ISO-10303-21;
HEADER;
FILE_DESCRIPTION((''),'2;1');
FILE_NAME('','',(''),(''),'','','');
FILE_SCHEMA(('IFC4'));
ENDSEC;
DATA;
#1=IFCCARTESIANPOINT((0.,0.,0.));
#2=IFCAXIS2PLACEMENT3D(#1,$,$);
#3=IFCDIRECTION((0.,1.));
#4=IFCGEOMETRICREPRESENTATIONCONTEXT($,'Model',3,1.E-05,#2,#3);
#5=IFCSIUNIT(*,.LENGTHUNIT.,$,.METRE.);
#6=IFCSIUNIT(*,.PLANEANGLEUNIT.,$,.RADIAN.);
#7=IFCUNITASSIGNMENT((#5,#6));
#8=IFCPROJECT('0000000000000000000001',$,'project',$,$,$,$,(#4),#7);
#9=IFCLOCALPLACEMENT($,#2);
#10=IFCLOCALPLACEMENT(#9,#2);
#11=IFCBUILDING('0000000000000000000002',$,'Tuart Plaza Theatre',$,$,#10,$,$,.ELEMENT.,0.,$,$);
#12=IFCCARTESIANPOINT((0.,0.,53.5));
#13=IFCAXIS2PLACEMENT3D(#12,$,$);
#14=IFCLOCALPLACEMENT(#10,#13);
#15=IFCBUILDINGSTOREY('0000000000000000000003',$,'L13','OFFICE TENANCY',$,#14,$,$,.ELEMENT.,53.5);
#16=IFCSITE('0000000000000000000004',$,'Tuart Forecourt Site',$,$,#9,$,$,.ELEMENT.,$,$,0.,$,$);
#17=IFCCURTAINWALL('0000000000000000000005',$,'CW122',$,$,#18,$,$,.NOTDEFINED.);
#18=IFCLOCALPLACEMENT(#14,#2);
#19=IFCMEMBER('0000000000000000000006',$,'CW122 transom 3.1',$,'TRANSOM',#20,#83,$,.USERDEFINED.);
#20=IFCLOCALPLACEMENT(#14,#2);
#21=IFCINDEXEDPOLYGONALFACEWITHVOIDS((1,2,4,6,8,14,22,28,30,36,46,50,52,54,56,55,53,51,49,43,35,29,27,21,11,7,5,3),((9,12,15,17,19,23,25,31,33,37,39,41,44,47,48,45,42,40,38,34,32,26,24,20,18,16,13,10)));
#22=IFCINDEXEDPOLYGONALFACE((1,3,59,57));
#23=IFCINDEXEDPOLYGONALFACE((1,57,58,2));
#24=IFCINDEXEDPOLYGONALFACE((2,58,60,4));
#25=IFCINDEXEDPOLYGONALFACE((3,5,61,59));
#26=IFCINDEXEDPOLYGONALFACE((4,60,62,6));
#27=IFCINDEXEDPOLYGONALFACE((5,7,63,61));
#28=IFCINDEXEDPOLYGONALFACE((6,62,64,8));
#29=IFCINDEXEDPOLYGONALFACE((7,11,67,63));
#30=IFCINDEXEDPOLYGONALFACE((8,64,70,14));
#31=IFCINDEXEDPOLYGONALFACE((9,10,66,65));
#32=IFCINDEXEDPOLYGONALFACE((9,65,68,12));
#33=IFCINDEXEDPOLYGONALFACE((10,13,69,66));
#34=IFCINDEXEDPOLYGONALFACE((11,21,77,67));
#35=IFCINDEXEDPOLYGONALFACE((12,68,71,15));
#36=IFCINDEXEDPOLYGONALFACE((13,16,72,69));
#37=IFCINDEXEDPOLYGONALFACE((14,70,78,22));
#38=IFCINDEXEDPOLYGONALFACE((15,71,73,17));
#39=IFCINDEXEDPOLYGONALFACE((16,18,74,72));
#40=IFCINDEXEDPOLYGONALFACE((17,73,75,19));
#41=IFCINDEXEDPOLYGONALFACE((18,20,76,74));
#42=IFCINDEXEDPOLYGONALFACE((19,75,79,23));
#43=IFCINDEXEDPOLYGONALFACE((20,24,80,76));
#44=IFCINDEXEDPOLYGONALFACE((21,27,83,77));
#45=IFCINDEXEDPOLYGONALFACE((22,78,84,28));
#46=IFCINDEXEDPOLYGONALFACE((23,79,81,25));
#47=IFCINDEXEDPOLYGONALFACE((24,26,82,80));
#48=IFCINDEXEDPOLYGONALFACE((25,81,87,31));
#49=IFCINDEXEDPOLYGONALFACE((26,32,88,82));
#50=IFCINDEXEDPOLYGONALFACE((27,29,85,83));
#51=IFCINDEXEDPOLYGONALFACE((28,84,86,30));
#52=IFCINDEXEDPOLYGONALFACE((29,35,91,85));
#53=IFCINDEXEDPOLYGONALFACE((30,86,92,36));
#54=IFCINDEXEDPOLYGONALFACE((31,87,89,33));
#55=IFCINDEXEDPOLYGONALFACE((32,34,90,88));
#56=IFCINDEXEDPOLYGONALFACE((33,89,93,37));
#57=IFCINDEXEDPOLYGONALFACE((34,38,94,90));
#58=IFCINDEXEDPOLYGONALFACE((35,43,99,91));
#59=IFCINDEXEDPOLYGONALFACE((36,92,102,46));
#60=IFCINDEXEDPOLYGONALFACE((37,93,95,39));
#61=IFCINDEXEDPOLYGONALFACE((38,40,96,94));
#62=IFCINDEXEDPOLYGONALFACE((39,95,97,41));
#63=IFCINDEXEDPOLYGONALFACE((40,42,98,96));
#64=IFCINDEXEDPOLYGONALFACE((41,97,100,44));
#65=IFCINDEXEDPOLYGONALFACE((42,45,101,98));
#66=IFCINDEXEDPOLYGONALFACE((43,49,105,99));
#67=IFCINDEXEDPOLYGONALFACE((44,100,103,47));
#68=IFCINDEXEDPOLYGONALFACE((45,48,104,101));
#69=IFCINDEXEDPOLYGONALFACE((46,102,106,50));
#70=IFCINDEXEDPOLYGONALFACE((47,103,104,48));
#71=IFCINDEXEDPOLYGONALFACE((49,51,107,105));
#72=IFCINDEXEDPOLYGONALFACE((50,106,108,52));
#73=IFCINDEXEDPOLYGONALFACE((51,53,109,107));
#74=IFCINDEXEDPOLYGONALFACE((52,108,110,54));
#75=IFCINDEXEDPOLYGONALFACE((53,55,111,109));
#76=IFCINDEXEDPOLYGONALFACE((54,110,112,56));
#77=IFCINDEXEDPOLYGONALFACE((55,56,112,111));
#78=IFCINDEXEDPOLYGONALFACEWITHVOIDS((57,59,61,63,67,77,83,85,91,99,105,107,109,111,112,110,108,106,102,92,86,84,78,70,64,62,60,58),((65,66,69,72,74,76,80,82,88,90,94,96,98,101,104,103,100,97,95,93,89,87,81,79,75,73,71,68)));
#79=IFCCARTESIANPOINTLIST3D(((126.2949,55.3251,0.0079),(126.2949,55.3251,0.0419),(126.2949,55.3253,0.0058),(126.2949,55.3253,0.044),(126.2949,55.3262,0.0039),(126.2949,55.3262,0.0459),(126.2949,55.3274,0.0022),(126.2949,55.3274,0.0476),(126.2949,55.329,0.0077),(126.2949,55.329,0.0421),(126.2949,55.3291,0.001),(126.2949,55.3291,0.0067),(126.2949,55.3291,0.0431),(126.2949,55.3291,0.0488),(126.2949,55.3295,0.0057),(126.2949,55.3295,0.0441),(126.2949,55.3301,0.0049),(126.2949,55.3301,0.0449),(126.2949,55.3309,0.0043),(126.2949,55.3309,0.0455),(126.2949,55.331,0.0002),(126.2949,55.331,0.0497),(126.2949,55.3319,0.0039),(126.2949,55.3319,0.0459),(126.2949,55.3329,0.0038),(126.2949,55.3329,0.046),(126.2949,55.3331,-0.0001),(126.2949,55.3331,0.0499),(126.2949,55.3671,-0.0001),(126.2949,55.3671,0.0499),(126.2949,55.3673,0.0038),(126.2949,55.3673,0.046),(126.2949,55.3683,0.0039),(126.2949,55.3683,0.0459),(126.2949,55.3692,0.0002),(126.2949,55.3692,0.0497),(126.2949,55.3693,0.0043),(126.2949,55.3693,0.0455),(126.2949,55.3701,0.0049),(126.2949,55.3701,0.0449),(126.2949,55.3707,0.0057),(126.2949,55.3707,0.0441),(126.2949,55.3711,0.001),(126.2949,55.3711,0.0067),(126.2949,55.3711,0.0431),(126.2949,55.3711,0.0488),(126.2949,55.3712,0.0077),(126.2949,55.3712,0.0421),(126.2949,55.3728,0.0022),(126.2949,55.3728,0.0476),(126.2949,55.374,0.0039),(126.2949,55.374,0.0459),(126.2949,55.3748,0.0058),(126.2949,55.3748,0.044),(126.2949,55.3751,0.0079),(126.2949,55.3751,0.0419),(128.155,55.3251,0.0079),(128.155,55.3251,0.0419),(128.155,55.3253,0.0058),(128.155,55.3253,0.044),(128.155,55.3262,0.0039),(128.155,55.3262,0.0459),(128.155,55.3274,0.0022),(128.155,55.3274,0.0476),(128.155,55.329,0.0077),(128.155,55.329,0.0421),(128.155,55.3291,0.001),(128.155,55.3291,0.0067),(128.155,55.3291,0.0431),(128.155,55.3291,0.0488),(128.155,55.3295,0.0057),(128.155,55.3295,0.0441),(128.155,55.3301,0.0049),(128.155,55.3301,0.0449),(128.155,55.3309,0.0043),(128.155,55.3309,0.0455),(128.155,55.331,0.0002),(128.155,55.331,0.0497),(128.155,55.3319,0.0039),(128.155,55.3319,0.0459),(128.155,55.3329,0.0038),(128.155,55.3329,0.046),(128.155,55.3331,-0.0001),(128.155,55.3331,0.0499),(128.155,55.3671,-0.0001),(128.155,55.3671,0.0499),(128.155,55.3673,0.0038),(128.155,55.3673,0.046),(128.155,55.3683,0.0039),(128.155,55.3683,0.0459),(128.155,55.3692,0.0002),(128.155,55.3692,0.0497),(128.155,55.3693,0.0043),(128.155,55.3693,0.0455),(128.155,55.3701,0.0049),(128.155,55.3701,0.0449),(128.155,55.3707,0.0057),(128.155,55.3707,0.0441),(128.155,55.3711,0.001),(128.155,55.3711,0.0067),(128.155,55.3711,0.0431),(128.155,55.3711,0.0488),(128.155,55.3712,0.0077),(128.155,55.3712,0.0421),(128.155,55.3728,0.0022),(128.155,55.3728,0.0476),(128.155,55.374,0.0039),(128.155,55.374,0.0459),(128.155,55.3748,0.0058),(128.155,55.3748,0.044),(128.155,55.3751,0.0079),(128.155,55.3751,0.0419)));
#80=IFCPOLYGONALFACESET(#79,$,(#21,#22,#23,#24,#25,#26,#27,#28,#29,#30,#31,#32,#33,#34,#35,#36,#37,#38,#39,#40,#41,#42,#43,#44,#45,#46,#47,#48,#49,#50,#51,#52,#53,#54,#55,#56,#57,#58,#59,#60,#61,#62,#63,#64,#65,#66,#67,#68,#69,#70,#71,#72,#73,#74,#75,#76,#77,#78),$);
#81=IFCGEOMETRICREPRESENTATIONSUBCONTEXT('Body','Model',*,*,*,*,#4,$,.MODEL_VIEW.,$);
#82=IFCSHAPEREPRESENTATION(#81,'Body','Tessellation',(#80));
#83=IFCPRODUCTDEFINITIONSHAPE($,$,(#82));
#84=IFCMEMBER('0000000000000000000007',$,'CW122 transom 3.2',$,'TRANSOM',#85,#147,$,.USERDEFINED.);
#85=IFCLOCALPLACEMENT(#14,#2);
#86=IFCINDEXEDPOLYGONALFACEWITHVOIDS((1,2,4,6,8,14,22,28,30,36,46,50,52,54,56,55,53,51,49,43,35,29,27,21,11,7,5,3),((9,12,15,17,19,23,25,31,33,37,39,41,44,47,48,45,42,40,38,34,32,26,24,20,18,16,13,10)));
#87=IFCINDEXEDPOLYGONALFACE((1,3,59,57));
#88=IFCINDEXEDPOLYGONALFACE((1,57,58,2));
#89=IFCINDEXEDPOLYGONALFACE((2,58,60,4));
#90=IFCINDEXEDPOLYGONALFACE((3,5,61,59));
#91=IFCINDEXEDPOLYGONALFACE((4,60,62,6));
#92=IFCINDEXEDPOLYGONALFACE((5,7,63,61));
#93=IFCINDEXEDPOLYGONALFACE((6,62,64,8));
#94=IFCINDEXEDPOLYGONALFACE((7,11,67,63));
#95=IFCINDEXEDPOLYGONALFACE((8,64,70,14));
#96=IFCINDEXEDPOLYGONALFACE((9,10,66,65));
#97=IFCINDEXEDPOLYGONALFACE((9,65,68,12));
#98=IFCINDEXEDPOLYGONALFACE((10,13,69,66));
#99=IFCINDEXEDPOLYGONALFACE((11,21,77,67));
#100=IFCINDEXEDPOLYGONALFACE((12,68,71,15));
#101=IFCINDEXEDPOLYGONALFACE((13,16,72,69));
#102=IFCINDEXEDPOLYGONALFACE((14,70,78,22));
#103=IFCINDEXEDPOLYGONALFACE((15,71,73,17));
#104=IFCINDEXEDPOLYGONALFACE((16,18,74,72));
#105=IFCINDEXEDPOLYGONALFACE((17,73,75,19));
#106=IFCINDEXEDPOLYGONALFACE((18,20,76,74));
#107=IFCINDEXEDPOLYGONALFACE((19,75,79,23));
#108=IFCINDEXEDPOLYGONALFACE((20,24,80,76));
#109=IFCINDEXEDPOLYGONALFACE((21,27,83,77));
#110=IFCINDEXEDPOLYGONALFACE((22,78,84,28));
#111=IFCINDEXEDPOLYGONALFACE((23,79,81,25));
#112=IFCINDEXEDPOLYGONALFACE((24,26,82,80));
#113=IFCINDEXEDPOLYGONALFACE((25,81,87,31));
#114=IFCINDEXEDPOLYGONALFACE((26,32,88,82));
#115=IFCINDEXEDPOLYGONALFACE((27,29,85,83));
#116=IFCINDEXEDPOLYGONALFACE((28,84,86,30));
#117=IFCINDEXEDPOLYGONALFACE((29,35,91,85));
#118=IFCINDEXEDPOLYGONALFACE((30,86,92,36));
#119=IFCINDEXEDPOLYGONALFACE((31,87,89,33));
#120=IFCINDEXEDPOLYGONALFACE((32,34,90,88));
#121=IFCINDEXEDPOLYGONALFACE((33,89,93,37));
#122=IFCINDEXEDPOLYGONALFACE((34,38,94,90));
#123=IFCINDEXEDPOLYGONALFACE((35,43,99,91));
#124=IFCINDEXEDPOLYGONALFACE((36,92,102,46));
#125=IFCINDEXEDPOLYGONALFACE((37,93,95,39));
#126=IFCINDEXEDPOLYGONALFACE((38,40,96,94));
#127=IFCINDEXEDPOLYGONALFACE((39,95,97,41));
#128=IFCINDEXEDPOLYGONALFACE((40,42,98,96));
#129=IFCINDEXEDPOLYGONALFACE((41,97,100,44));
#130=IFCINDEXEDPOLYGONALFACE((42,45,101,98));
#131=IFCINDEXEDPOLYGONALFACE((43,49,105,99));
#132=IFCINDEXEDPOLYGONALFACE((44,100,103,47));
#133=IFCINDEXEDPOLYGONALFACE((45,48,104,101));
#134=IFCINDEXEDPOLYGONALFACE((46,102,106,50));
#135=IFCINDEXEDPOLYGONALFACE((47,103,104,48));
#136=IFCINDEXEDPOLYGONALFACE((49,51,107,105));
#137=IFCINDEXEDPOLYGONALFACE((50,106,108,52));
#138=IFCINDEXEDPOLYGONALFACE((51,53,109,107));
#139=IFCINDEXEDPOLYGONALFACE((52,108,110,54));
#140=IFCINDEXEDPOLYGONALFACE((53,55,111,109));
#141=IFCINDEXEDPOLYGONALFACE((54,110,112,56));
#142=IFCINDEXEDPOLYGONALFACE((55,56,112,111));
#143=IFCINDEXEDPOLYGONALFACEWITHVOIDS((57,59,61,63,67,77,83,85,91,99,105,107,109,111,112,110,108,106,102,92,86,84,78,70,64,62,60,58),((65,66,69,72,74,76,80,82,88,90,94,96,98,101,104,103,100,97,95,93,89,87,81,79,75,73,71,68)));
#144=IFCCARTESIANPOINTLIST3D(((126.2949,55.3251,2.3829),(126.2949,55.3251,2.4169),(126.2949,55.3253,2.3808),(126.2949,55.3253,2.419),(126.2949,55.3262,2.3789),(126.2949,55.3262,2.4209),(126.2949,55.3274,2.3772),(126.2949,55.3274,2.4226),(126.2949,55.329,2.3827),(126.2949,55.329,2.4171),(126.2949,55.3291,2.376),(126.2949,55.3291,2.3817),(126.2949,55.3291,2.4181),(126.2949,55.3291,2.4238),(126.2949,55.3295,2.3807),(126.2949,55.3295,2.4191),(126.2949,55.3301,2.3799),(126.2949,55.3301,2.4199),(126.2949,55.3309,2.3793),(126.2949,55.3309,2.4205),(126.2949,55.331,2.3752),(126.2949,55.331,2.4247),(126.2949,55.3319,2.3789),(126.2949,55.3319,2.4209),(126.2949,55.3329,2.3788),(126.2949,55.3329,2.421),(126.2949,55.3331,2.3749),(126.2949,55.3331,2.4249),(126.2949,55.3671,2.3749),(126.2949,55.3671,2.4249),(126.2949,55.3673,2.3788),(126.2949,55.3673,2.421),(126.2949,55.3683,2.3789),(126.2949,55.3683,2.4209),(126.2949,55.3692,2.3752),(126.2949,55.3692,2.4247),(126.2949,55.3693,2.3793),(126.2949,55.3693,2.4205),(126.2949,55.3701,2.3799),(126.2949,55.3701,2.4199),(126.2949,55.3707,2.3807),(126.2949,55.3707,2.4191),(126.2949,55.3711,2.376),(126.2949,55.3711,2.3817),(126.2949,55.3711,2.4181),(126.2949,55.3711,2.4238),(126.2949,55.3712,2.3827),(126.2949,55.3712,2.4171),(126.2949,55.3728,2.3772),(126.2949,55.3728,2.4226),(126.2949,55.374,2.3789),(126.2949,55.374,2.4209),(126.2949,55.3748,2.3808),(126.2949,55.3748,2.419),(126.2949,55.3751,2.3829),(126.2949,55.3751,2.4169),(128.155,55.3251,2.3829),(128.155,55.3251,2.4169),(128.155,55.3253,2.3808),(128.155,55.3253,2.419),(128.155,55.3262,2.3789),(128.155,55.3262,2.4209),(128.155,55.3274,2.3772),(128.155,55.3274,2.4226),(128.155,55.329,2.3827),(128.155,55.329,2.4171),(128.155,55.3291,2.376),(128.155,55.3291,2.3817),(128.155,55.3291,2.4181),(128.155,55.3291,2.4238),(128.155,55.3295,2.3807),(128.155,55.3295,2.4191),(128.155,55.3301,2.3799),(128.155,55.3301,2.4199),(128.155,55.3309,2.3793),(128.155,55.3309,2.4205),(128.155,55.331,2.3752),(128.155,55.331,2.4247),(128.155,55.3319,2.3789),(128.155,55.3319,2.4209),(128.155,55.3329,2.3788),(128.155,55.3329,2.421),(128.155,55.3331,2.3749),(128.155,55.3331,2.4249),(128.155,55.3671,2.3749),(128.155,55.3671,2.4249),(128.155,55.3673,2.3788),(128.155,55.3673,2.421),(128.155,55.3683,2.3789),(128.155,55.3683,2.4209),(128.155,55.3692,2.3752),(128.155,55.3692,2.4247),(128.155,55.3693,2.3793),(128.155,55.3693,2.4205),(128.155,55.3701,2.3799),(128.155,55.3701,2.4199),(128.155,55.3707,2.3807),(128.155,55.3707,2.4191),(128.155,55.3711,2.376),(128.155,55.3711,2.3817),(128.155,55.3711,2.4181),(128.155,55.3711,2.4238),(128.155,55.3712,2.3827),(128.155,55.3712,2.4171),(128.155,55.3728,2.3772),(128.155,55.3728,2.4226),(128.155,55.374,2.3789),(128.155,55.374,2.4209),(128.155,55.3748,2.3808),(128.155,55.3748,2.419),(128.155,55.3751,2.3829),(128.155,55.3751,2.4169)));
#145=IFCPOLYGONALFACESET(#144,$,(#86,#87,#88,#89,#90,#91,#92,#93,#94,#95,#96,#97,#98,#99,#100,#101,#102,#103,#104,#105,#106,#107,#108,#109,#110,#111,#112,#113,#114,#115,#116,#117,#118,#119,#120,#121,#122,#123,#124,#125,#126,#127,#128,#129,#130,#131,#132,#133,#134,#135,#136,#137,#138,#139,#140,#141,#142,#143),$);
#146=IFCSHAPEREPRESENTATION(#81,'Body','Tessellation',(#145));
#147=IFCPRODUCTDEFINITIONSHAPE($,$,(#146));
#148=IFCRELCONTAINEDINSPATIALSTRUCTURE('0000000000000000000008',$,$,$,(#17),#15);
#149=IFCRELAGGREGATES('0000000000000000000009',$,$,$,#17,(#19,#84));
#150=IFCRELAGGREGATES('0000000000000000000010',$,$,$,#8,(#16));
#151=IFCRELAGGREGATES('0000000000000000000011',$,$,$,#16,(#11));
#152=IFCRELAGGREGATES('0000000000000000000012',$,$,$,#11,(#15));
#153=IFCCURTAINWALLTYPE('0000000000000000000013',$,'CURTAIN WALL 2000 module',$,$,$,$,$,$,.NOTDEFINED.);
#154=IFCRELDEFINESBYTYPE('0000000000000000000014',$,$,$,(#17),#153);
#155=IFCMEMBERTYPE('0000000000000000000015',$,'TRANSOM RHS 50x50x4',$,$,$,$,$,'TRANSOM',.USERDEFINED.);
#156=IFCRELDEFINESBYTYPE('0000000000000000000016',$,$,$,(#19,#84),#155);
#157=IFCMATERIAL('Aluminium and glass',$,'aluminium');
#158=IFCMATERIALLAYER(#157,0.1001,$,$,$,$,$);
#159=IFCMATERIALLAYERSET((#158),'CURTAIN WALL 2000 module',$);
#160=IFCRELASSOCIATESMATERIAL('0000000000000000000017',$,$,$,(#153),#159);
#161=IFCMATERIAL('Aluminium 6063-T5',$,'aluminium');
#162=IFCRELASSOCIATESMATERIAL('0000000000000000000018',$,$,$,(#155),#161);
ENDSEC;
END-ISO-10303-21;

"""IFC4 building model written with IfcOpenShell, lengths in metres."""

from ifc_helpers import new_model, si_unit, direction, frame, origin, origin_2d, place, context, subcontext, project, spatial, hollow_rectangle, extrude, material, layer, layer_set, material_profile, profile_set, type_object, element, aggregate, save


model = new_model("IFC4")

# Units and contexts
model_context = context("Model", 3, precision=1e-05, world=origin(), true_north=direction((0.0, 1.0)))
body_context = subcontext(model_context, "Body", "Model", "MODEL_VIEW")
ifc_project = project(units=[si_unit("LENGTHUNIT", "METRE"), si_unit("PLANEANGLEUNIT", "RADIAN")], contexts=[model_context])

# Site, building, storey
site_placement = place(None, origin())
site = spatial("IfcSite", under=ifc_project, at=site_placement, Name="Tuart Forecourt Site", CompositionType="ELEMENT", RefElevation=0.0)
building_placement = place(site_placement, origin())
building = spatial("IfcBuilding", under=site, at=building_placement, Name="Tuart Plaza Theatre", CompositionType="ELEMENT", ElevationOfRefHeight=0.0)
storey_placement = place(building_placement, frame((0.0, 0.0, 53.5)))
storey = spatial("IfcBuildingStorey", under=building, at=storey_placement, Name="L13", Description="OFFICE TENANCY", CompositionType="ELEMENT", Elevation=53.5)

# Curtain wall, members
ifc_material_1 = material(Name="Aluminium and glass", Category="aluminium")
ifc_layer_1 = layer(ifc_material_1, 0.1001)
ifc_layer_set_1 = layer_set([ifc_layer_1], Name="CURTAIN WALL 2000 module")
curtain_wall_type = type_object("IfcCurtainWallType", Name="CURTAIN WALL 2000 module", PredefinedType="NOTDEFINED", material=ifc_layer_set_1)
curtain_wall_placement = place(storey_placement, origin())
curtain_wall = element("IfcCurtainWall", 1, at=curtain_wall_placement, inside=storey, type_object=curtain_wall_type, Name="CW122", PredefinedType="NOTDEFINED")
ifc_material_2 = material(Name="Aluminium 6063-T5", Category="aluminium")
ifc_material_profile_1 = material_profile(ifc_material_2, hollow_rectangle(XDim=0.05, YDim=0.05, WallThickness=0.0039, InnerFilletRadius=0.0039, OuterFilletRadius=0.0081, at=origin_2d()), Name="RHS 50x50x4")
ifc_profile_set_1 = profile_set([ifc_material_profile_1], Name="Aluminium 6063-T5")
member_type_1 = type_object("IfcMemberType", Name="TRANSOM RHS 50x50x4", ElementType="TRANSOM", PredefinedType="USERDEFINED", material=ifc_profile_set_1)
member_1_placement = place(storey_placement, frame((126.2949, 55.3501, 0.0249), z_axis=(1.0, 0.0, 0.0), x_axis=(0.0, 1.0, 0.0)))
member_1 = element("IfcMember", 2, at=member_1_placement, type_object=member_type_1, Name="CW122 transom 3.1", ObjectType="TRANSOM", PredefinedType="USERDEFINED", context=body_context, shape_type="SweptSolid", body=[
    extrude(hollow_rectangle(XDim=0.05, YDim=0.05, WallThickness=0.0039, InnerFilletRadius=0.0039, OuterFilletRadius=0.0081, at=origin_2d()), origin(), (0.0, 0.0, 1.0), 1.8601),
])
member_2_placement = place(storey_placement, frame((126.2949, 55.3501, 2.3999), z_axis=(1.0, 0.0, 0.0), x_axis=(0.0, 1.0, 0.0)))
member_2 = element("IfcMember", 3, at=member_2_placement, type_object=member_type_1, Name="CW122 transom 3.2", ObjectType="TRANSOM", PredefinedType="USERDEFINED", context=body_context, shape_type="SweptSolid", body=[
    extrude(hollow_rectangle(XDim=0.05, YDim=0.05, WallThickness=0.0039, InnerFilletRadius=0.0039, OuterFilletRadius=0.0081, at=origin_2d()), origin(), (0.0, 0.0, 1.0), 1.8601),
])
aggregate(curtain_wall, [member_1, member_2])

save(model, "model.ifc")
